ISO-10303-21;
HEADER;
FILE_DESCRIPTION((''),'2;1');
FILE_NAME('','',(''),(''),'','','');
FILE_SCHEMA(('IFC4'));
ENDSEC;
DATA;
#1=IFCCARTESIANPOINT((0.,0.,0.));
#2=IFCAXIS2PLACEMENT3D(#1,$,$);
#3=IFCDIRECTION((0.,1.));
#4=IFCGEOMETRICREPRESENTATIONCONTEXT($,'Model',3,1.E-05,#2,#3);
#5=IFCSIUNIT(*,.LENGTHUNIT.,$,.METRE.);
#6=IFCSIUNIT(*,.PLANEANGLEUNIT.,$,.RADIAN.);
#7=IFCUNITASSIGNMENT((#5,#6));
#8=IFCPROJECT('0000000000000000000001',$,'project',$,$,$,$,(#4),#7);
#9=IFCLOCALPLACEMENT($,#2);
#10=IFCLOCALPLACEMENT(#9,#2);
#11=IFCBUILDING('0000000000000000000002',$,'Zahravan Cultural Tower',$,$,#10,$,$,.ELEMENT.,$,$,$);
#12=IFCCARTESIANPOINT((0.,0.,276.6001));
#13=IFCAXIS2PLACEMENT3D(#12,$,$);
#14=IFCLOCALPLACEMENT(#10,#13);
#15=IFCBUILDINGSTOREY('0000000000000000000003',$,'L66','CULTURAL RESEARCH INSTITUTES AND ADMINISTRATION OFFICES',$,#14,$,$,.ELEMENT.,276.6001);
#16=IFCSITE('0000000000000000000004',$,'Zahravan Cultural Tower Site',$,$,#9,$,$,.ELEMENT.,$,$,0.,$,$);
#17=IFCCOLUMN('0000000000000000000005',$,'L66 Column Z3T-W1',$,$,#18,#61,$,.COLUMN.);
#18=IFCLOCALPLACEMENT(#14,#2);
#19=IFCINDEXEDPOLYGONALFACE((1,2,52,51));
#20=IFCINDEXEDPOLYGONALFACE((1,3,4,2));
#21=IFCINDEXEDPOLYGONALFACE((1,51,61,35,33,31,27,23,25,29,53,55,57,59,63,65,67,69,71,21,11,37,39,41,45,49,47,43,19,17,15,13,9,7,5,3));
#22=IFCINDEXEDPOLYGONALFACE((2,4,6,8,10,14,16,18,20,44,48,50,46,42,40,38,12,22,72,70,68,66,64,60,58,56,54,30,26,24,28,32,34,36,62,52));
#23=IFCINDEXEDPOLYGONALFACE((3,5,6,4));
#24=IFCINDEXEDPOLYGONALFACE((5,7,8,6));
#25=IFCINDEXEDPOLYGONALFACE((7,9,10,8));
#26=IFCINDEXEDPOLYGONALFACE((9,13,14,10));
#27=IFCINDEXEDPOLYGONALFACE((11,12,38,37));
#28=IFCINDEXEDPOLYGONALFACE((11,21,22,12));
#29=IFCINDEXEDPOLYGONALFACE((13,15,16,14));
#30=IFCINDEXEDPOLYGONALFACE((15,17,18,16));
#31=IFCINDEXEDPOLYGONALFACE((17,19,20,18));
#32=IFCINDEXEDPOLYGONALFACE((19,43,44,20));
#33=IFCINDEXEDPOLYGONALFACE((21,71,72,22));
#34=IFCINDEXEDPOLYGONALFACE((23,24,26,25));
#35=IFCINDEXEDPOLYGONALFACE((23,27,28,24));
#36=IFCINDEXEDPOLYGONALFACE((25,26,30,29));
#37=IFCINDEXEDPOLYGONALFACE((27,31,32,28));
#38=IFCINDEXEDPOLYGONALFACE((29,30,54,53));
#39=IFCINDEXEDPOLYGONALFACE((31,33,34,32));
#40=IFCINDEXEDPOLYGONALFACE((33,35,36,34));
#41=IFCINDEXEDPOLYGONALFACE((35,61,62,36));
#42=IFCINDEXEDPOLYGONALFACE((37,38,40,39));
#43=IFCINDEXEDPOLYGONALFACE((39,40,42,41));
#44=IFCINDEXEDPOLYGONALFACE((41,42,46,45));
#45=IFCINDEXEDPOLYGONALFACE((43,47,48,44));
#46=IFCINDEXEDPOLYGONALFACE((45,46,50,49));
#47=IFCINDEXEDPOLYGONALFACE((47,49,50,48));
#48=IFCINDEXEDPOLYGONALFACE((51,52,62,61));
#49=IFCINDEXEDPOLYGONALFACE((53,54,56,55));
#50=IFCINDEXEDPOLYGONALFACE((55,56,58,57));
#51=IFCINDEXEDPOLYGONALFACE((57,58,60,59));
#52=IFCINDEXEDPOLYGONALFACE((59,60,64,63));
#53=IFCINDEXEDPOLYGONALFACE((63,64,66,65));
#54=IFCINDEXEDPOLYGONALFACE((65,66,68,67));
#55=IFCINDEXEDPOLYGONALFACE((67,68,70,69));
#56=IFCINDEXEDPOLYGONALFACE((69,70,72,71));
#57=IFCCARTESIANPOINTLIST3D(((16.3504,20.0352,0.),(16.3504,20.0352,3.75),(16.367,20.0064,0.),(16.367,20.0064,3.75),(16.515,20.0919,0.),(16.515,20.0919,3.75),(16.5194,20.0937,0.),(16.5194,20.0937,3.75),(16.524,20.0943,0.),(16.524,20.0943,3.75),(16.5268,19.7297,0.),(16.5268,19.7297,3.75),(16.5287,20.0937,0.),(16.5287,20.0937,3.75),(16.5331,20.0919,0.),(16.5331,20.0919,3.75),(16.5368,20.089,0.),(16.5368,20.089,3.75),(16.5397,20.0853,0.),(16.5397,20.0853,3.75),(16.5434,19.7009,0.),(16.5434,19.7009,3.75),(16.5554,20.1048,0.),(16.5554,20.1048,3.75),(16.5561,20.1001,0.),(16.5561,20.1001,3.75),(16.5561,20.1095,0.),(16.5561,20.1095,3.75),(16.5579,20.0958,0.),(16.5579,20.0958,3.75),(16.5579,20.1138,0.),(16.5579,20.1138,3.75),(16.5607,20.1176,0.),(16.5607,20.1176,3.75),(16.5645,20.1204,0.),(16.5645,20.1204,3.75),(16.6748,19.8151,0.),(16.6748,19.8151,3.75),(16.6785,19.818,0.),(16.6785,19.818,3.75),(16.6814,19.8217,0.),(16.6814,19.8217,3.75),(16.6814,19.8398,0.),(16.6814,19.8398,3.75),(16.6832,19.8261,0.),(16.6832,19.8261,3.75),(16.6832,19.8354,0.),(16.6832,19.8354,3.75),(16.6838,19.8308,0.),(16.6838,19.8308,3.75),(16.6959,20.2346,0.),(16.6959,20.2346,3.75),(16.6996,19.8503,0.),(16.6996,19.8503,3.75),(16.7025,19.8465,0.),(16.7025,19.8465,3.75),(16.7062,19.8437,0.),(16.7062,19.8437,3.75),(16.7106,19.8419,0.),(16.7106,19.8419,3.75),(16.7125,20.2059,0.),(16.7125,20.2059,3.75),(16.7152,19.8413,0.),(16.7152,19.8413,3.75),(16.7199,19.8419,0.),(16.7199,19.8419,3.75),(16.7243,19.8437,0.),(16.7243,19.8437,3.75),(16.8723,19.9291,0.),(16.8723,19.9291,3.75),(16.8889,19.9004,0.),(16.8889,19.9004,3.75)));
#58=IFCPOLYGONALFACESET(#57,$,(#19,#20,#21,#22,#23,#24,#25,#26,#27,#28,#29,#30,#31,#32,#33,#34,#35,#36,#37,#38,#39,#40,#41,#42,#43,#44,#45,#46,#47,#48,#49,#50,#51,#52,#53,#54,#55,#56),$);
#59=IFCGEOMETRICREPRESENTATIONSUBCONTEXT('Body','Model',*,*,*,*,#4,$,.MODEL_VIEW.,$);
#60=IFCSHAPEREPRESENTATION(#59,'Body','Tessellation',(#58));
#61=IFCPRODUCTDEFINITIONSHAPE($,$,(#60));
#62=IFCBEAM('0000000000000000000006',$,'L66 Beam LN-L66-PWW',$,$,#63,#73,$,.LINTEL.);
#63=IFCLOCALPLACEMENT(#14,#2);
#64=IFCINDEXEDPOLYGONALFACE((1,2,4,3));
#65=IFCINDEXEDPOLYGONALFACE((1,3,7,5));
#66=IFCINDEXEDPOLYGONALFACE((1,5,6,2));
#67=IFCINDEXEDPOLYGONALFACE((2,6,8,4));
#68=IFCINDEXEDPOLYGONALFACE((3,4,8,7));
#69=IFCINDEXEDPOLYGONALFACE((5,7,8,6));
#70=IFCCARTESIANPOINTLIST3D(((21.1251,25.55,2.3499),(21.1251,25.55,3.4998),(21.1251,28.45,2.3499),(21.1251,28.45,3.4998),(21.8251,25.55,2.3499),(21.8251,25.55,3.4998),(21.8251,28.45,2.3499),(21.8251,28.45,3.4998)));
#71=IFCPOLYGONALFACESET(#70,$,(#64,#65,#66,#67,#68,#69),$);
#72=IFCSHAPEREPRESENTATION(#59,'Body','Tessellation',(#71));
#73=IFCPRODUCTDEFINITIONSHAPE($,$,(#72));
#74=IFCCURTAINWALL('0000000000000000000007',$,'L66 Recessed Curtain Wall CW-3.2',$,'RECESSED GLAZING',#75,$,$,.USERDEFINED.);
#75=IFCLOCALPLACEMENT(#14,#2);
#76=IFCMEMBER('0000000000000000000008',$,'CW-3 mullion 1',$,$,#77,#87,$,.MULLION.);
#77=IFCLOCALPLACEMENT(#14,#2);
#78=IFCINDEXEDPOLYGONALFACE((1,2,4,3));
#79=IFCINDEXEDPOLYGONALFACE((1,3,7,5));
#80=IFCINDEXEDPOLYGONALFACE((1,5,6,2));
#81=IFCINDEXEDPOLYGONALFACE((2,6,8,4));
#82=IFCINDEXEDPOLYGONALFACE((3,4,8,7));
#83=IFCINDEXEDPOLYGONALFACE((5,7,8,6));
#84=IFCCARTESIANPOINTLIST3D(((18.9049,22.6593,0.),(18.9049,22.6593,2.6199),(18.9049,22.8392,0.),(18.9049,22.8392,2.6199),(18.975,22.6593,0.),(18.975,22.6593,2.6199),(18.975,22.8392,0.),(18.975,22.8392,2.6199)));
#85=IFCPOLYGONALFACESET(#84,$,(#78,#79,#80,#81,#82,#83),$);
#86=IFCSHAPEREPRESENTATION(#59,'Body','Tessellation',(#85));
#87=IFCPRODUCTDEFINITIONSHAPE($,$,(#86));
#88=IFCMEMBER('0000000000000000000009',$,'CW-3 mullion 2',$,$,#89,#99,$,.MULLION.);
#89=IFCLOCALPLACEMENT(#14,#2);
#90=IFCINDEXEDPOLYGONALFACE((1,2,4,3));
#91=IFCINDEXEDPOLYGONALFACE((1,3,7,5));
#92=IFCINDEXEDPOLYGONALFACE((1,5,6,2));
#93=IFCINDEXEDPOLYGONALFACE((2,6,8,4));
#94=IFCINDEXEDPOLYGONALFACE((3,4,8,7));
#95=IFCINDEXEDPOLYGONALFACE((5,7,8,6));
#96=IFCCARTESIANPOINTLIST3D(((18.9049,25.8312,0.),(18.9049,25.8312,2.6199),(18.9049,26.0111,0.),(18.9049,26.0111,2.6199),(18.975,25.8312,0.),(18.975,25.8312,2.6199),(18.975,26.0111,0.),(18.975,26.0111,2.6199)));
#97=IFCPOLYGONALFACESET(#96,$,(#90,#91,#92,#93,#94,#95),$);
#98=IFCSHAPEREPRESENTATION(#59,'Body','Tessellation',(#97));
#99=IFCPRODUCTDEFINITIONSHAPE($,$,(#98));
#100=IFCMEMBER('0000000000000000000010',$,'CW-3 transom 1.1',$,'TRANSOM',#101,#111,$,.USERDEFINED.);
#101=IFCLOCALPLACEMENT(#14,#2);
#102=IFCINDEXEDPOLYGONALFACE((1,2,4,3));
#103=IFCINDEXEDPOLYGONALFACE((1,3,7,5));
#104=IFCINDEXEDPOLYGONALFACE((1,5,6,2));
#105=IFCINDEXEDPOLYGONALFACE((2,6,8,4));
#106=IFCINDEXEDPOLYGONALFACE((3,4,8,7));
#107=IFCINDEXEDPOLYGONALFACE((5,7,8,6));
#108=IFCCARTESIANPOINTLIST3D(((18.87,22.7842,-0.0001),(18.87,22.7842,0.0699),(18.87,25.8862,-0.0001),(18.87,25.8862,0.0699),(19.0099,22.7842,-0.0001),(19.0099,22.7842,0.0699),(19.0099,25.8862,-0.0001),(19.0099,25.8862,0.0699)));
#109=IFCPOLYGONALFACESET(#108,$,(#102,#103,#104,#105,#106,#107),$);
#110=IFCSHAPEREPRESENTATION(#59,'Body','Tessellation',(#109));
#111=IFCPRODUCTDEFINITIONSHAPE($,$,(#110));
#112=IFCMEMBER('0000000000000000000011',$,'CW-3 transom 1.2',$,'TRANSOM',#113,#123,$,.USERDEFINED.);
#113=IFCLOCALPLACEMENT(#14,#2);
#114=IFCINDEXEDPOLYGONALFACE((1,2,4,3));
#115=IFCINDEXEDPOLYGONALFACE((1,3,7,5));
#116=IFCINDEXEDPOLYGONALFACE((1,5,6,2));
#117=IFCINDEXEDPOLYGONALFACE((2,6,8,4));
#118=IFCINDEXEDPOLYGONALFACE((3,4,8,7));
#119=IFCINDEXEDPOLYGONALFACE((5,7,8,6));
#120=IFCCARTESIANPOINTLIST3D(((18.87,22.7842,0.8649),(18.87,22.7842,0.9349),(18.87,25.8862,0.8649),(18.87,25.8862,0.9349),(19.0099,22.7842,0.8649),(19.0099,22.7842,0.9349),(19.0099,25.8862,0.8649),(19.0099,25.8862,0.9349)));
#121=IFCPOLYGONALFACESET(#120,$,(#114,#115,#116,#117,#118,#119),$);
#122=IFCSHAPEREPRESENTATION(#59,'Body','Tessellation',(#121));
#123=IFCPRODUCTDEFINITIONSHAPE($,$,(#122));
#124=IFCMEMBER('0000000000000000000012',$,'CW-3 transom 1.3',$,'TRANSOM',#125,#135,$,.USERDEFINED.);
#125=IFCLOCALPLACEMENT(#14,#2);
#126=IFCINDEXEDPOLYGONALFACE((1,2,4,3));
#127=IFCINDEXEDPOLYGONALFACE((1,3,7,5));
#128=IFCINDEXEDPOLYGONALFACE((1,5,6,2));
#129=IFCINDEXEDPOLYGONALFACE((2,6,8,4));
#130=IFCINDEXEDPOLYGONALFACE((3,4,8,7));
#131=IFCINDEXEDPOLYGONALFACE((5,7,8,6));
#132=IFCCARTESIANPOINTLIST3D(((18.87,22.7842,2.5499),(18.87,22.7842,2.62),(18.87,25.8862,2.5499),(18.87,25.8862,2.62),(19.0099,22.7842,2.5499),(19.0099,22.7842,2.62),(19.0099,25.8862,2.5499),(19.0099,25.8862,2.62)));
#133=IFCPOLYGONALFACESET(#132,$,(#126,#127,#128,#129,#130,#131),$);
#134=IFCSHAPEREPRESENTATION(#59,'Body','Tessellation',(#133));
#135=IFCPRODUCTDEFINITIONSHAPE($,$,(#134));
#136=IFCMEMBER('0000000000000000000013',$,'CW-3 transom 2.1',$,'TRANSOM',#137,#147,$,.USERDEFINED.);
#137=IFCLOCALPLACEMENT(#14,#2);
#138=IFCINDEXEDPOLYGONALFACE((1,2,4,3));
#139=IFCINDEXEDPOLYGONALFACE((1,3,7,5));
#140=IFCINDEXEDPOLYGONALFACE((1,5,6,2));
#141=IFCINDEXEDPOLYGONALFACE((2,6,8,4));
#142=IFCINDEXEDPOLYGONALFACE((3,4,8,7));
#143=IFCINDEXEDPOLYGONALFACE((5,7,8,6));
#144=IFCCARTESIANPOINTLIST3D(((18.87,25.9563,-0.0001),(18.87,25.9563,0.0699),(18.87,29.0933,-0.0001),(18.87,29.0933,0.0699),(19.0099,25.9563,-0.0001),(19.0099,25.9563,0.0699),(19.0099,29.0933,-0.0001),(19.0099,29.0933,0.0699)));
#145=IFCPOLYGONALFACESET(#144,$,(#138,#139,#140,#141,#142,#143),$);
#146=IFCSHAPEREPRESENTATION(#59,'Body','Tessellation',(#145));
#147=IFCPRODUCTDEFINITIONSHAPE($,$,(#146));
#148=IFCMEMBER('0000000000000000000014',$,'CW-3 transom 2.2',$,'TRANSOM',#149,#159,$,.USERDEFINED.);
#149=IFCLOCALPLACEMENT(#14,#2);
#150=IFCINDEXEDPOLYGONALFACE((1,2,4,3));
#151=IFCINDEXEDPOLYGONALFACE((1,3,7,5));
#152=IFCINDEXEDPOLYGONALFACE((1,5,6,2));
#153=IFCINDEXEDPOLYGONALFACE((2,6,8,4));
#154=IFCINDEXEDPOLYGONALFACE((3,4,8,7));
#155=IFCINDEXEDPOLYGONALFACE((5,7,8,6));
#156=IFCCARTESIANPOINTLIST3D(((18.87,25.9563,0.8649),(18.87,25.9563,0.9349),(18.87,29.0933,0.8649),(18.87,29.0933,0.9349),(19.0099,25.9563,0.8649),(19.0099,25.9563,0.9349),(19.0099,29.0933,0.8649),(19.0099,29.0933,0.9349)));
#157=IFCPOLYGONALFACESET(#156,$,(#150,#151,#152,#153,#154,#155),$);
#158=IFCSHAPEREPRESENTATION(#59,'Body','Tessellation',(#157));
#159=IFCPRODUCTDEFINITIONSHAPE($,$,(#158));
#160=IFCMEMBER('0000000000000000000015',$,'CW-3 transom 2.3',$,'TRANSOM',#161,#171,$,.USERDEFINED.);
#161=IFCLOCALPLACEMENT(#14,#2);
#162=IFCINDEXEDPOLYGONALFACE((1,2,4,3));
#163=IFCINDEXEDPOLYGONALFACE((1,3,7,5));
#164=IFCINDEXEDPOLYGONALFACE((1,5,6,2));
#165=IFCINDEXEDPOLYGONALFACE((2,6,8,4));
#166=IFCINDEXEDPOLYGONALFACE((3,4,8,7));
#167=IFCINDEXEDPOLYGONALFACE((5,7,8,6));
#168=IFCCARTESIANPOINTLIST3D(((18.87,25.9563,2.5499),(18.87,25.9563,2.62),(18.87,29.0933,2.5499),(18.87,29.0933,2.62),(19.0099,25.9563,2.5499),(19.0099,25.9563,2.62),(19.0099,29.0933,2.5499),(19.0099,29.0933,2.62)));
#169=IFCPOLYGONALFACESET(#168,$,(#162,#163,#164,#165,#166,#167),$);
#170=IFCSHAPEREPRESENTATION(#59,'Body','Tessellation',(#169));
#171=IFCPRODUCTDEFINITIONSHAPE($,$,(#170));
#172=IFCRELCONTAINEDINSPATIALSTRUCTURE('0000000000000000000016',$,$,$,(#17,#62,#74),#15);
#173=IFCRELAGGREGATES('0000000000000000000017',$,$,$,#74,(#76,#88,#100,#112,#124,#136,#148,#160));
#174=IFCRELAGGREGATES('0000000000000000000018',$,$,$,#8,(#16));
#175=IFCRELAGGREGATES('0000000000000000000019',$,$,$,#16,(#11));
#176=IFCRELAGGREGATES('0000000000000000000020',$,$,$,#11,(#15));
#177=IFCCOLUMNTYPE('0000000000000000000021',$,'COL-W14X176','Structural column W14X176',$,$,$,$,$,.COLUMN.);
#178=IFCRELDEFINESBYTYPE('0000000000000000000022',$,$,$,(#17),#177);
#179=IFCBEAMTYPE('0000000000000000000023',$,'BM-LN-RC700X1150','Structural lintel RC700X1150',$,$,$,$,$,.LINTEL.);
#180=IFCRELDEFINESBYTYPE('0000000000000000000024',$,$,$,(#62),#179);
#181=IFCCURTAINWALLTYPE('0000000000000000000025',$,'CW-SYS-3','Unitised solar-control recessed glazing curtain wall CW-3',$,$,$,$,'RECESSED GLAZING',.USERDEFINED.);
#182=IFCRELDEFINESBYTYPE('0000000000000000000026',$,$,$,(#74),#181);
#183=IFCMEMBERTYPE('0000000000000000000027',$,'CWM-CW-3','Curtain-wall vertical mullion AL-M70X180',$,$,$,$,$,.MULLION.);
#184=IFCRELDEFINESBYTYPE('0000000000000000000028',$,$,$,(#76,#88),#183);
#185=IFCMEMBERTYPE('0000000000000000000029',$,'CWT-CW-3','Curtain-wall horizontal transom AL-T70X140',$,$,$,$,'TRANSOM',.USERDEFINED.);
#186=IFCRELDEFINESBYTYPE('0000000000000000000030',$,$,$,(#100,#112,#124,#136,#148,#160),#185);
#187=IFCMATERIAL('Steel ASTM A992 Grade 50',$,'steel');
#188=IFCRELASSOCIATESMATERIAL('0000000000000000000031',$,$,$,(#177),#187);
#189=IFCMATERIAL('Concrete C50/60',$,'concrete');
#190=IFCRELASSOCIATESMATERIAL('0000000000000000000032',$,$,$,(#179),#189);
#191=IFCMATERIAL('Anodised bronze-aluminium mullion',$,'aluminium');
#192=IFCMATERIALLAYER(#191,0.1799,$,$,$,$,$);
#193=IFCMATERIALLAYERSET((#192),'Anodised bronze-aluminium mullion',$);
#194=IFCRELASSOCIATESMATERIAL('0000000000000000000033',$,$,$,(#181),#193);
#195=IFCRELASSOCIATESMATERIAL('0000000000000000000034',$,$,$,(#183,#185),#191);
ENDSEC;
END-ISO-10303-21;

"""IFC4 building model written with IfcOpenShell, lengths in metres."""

from ifc_helpers import new_model, si_unit, direction, frame, origin, origin_2d, place, context, subcontext, project, spatial, rectangle, i_section, extrude, source, transform, mapped, material, layer, layer_set, material_profile, profile_set, type_object, element, aggregate, save


model = new_model("IFC4")

# Units and contexts
model_context = context("Model", 3, precision=1e-05, world=origin(), true_north=direction((0.0, 1.0)))
body_context = subcontext(model_context, "Body", "Model", "MODEL_VIEW")
ifc_project = project(units=[si_unit("LENGTHUNIT", "METRE"), si_unit("PLANEANGLEUNIT", "RADIAN")], contexts=[model_context])

# Site, building, storey
site_placement = place(None, origin())
site = spatial("IfcSite", under=ifc_project, at=site_placement, Name="Zahravan Cultural Tower Site", CompositionType="ELEMENT", RefElevation=0.0)
building_placement = place(site_placement, origin())
building = spatial("IfcBuilding", under=site, at=building_placement, Name="Zahravan Cultural Tower", CompositionType="ELEMENT")
storey_placement = place(building_placement, frame((0.0, 0.0, 276.6001)))
storey = spatial("IfcBuildingStorey", under=building, at=storey_placement, Name="L66", Description="CULTURAL RESEARCH INSTITUTES AND ADMINISTRATION OFFICES", CompositionType="ELEMENT", Elevation=276.6001)

# Column
ifc_material_1 = material(Name="Steel ASTM A992 Grade 50", Category="steel")
ifc_material_profile_1 = material_profile(ifc_material_1, i_section(OverallWidth=0.3989, OverallDepth=0.386, WebThickness=0.021, FlangeThickness=0.0332, FilletRadius=0.0181, at=origin_2d()), Name="W14X176")
ifc_profile_set_1 = profile_set([ifc_material_profile_1], Name="Steel ASTM A992 Grade 50")
column_type = type_object("IfcColumnType", Name="COL-W14X176", Description="Structural column W14X176", PredefinedType="COLUMN", material=ifc_profile_set_1)
shared_shape_1 = source(origin(), body_context, "Body", "SweptSolid", [
    extrude(i_section(OverallWidth=0.3989, OverallDepth=0.386, WebThickness=0.021, FlangeThickness=0.0332, FilletRadius=0.0181, at=origin_2d()), origin(), (0.0, 0.0, 1.0), 3.75),
])
column_placement = place(storey_placement, frame((16.6196, 19.9678, 0.0), z_axis=(0.0, 0.0, 1.0), x_axis=(0.866025, 0.5, 0.0)))
element("IfcColumn", 1, at=column_placement, inside=storey, type_object=column_type, Name="L66 Column Z3T-W1", PredefinedType="COLUMN", context=body_context, shape_type="MappedRepresentation", body=[
    mapped(shared_shape_1, transform((0.0, 0.0, 0.0), x_axis=(1.0, 0.0, 0.0), y_axis=(0.0, 1.0, 0.0), z_axis=(0.0, 0.0, 1.0), scale=1.0)),
])

# Beam
ifc_material_2 = material(Name="Concrete C50/60", Category="concrete")
ifc_material_profile_2 = material_profile(ifc_material_2, rectangle(XDim=0.7, YDim=1.1499, at=origin_2d()), Name="RC700X1150")
ifc_profile_set_2 = profile_set([ifc_material_profile_2], Name="Concrete C50/60")
beam_type = type_object("IfcBeamType", Name="BM-LN-RC700X1150", Description="Structural lintel RC700X1150", PredefinedType="LINTEL", material=ifc_profile_set_2)
shared_shape_2 = source(origin(), body_context, "Body", "SweptSolid", [
    extrude(rectangle(XDim=0.7, YDim=1.1499, at=origin_2d()), origin(), (0.0, 0.0, 1.0), 2.8999),
])
beam_placement = place(storey_placement, frame((21.4751, 25.55, 2.9248), z_axis=(0.0, 1.0, 0.0), x_axis=(-1.0, 0.0, 0.0)))
element("IfcBeam", 2, at=beam_placement, inside=storey, type_object=beam_type, Name="L66 Beam LN-L66-PWW", PredefinedType="LINTEL", context=body_context, shape_type="MappedRepresentation", body=[
    mapped(shared_shape_2, transform((0.0, 0.0, 0.0), x_axis=(1.0, 0.0, 0.0), y_axis=(0.0, 1.0, 0.0), z_axis=(0.0, 0.0, 1.0), scale=1.0)),
])

# Curtain wall, members
ifc_material_3 = material(Name="Anodised bronze-aluminium mullion", Category="aluminium")
ifc_layer_1 = layer(ifc_material_3, 0.1799)
ifc_layer_set_1 = layer_set([ifc_layer_1], Name="Anodised bronze-aluminium mullion")
curtain_wall_type = type_object("IfcCurtainWallType", Name="CW-SYS-3", Description="Unitised solar-control recessed glazing curtain wall CW-3", ElementType="RECESSED GLAZING", PredefinedType="USERDEFINED", material=ifc_layer_set_1)
curtain_wall_placement = place(storey_placement, origin())
curtain_wall = element("IfcCurtainWall", 3, at=curtain_wall_placement, inside=storey, type_object=curtain_wall_type, Name="L66 Recessed Curtain Wall CW-3.2", ObjectType="RECESSED GLAZING", PredefinedType="USERDEFINED")
ifc_material_profile_3 = material_profile(ifc_material_3, rectangle(XDim=0.0701, YDim=0.1799, at=origin_2d()), Name="AL-M70X180")
ifc_profile_set_3 = profile_set([ifc_material_profile_3], Name="Anodised bronze-aluminium mullion")
member_type_1 = type_object("IfcMemberType", Name="CWM-CW-3", Description="Curtain-wall vertical mullion AL-M70X180", PredefinedType="MULLION", material=ifc_profile_set_3)
shared_shape_3 = source(origin(), body_context, "Body", "SweptSolid", [
    extrude(rectangle(XDim=0.0701, YDim=0.1799, at=origin_2d()), origin(), (0.0, 0.0, 1.0), 2.6199),
])
member_1_placement = place(storey_placement, frame((18.9399, 22.7493, 0.0), z_axis=(0.0, 0.0, 1.0), x_axis=(-1.0, 0.0, 0.0)))
member_1 = element("IfcMember", 4, at=member_1_placement, type_object=member_type_1, Name="CW-3 mullion 1", PredefinedType="MULLION", context=body_context, shape_type="MappedRepresentation", body=[
    mapped(shared_shape_3, transform((0.0, 0.0, 0.0), x_axis=(1.0, 0.0, 0.0), y_axis=(0.0, 1.0, 0.0), z_axis=(0.0, 0.0, 1.0), scale=1.0)),
])
member_2_placement = place(storey_placement, frame((18.9399, 25.9211, 0.0), z_axis=(0.0, 0.0, 1.0), x_axis=(-1.0, 0.0, 0.0)))
member_2 = element("IfcMember", 5, at=member_2_placement, type_object=member_type_1, Name="CW-3 mullion 2", PredefinedType="MULLION", context=body_context, shape_type="MappedRepresentation", body=[
    mapped(shared_shape_3, transform((0.0, 0.0, 0.0), x_axis=(1.0, 0.0, 0.0), y_axis=(0.0, 1.0, 0.0), z_axis=(0.0, 0.0, 1.0), scale=1.0)),
])
ifc_material_profile_4 = material_profile(ifc_material_3, rectangle(XDim=0.1399, YDim=0.0701, at=origin_2d()), Name="AL-T70X140")
ifc_profile_set_4 = profile_set([ifc_material_profile_4], Name="Anodised bronze-aluminium mullion")
member_type_2 = type_object("IfcMemberType", Name="CWT-CW-3", Description="Curtain-wall horizontal transom AL-T70X140", ElementType="TRANSOM", PredefinedType="USERDEFINED", material=ifc_profile_set_4)
shared_shape_4 = source(origin(), body_context, "Body", "SweptSolid", [
    extrude(rectangle(XDim=0.1399, YDim=0.0701, at=origin_2d()), origin(), (0.0, 0.0, 1.0), 3.1021),
])
member_3_placement = place(storey_placement, frame((18.9399, 22.7842, 0.0349), z_axis=(0.0, 1.0, 0.0), x_axis=(-1.0, 0.0, 0.0)))
member_3 = element("IfcMember", 6, at=member_3_placement, type_object=member_type_2, Name="CW-3 transom 1.1", ObjectType="TRANSOM", PredefinedType="USERDEFINED", context=body_context, shape_type="MappedRepresentation", body=[
    mapped(shared_shape_4, transform((0.0, 0.0, 0.0), x_axis=(1.0, 0.0, 0.0), y_axis=(0.0, 1.0, 0.0), z_axis=(0.0, 0.0, 1.0), scale=1.0)),
])
member_4_placement = place(storey_placement, frame((18.9399, 22.7842, 0.8999), z_axis=(0.0, 1.0, 0.0), x_axis=(-1.0, 0.0, 0.0)))
member_4 = element("IfcMember", 7, at=member_4_placement, type_object=member_type_2, Name="CW-3 transom 1.2", ObjectType="TRANSOM", PredefinedType="USERDEFINED", context=body_context, shape_type="MappedRepresentation", body=[
    mapped(shared_shape_4, transform((0.0, 0.0, 0.0), x_axis=(1.0, 0.0, 0.0), y_axis=(0.0, 1.0, 0.0), z_axis=(0.0, 0.0, 1.0), scale=1.0)),
])
member_5_placement = place(storey_placement, frame((18.9399, 22.7842, 2.585), z_axis=(0.0, 1.0, 0.0), x_axis=(-1.0, 0.0, 0.0)))
member_5 = element("IfcMember", 8, at=member_5_placement, type_object=member_type_2, Name="CW-3 transom 1.3", ObjectType="TRANSOM", PredefinedType="USERDEFINED", context=body_context, shape_type="MappedRepresentation", body=[
    mapped(shared_shape_4, transform((0.0, 0.0, 0.0), x_axis=(1.0, 0.0, 0.0), y_axis=(0.0, 1.0, 0.0), z_axis=(0.0, 0.0, 1.0), scale=1.0)),
])
shared_shape_5 = source(origin(), body_context, "Body", "SweptSolid", [
    extrude(rectangle(XDim=0.1399, YDim=0.0701, at=origin_2d()), origin(), (0.0, 0.0, 1.0), 3.137),
])
member_6_placement = place(storey_placement, frame((18.9399, 25.9563, 0.0349), z_axis=(0.0, 1.0, 0.0), x_axis=(-1.0, 0.0, 0.0)))
member_6 = element("IfcMember", 9, at=member_6_placement, type_object=member_type_2, Name="CW-3 transom 2.1", ObjectType="TRANSOM", PredefinedType="USERDEFINED", context=body_context, shape_type="MappedRepresentation", body=[
    mapped(shared_shape_5, transform((0.0, 0.0, 0.0), x_axis=(1.0, 0.0, 0.0), y_axis=(0.0, 1.0, 0.0), z_axis=(0.0, 0.0, 1.0), scale=1.0)),
])
member_7_placement = place(storey_placement, frame((18.9399, 25.9563, 0.8999), z_axis=(0.0, 1.0, 0.0), x_axis=(-1.0, 0.0, 0.0)))
member_7 = element("IfcMember", 10, at=member_7_placement, type_object=member_type_2, Name="CW-3 transom 2.2", ObjectType="TRANSOM", PredefinedType="USERDEFINED", context=body_context, shape_type="MappedRepresentation", body=[
    mapped(shared_shape_5, transform((0.0, 0.0, 0.0), x_axis=(1.0, 0.0, 0.0), y_axis=(0.0, 1.0, 0.0), z_axis=(0.0, 0.0, 1.0), scale=1.0)),
])
member_8_placement = place(storey_placement, frame((18.9399, 25.9563, 2.585), z_axis=(0.0, 1.0, 0.0), x_axis=(-1.0, 0.0, 0.0)))
member_8 = element("IfcMember", 11, at=member_8_placement, type_object=member_type_2, Name="CW-3 transom 2.3", ObjectType="TRANSOM", PredefinedType="USERDEFINED", context=body_context, shape_type="MappedRepresentation", body=[
    mapped(shared_shape_5, transform((0.0, 0.0, 0.0), x_axis=(1.0, 0.0, 0.0), y_axis=(0.0, 1.0, 0.0), z_axis=(0.0, 0.0, 1.0), scale=1.0)),
])
aggregate(curtain_wall, [member_1, member_2, member_3, member_4, member_5, member_6, member_7, member_8])

save(model, "model.ifc")
